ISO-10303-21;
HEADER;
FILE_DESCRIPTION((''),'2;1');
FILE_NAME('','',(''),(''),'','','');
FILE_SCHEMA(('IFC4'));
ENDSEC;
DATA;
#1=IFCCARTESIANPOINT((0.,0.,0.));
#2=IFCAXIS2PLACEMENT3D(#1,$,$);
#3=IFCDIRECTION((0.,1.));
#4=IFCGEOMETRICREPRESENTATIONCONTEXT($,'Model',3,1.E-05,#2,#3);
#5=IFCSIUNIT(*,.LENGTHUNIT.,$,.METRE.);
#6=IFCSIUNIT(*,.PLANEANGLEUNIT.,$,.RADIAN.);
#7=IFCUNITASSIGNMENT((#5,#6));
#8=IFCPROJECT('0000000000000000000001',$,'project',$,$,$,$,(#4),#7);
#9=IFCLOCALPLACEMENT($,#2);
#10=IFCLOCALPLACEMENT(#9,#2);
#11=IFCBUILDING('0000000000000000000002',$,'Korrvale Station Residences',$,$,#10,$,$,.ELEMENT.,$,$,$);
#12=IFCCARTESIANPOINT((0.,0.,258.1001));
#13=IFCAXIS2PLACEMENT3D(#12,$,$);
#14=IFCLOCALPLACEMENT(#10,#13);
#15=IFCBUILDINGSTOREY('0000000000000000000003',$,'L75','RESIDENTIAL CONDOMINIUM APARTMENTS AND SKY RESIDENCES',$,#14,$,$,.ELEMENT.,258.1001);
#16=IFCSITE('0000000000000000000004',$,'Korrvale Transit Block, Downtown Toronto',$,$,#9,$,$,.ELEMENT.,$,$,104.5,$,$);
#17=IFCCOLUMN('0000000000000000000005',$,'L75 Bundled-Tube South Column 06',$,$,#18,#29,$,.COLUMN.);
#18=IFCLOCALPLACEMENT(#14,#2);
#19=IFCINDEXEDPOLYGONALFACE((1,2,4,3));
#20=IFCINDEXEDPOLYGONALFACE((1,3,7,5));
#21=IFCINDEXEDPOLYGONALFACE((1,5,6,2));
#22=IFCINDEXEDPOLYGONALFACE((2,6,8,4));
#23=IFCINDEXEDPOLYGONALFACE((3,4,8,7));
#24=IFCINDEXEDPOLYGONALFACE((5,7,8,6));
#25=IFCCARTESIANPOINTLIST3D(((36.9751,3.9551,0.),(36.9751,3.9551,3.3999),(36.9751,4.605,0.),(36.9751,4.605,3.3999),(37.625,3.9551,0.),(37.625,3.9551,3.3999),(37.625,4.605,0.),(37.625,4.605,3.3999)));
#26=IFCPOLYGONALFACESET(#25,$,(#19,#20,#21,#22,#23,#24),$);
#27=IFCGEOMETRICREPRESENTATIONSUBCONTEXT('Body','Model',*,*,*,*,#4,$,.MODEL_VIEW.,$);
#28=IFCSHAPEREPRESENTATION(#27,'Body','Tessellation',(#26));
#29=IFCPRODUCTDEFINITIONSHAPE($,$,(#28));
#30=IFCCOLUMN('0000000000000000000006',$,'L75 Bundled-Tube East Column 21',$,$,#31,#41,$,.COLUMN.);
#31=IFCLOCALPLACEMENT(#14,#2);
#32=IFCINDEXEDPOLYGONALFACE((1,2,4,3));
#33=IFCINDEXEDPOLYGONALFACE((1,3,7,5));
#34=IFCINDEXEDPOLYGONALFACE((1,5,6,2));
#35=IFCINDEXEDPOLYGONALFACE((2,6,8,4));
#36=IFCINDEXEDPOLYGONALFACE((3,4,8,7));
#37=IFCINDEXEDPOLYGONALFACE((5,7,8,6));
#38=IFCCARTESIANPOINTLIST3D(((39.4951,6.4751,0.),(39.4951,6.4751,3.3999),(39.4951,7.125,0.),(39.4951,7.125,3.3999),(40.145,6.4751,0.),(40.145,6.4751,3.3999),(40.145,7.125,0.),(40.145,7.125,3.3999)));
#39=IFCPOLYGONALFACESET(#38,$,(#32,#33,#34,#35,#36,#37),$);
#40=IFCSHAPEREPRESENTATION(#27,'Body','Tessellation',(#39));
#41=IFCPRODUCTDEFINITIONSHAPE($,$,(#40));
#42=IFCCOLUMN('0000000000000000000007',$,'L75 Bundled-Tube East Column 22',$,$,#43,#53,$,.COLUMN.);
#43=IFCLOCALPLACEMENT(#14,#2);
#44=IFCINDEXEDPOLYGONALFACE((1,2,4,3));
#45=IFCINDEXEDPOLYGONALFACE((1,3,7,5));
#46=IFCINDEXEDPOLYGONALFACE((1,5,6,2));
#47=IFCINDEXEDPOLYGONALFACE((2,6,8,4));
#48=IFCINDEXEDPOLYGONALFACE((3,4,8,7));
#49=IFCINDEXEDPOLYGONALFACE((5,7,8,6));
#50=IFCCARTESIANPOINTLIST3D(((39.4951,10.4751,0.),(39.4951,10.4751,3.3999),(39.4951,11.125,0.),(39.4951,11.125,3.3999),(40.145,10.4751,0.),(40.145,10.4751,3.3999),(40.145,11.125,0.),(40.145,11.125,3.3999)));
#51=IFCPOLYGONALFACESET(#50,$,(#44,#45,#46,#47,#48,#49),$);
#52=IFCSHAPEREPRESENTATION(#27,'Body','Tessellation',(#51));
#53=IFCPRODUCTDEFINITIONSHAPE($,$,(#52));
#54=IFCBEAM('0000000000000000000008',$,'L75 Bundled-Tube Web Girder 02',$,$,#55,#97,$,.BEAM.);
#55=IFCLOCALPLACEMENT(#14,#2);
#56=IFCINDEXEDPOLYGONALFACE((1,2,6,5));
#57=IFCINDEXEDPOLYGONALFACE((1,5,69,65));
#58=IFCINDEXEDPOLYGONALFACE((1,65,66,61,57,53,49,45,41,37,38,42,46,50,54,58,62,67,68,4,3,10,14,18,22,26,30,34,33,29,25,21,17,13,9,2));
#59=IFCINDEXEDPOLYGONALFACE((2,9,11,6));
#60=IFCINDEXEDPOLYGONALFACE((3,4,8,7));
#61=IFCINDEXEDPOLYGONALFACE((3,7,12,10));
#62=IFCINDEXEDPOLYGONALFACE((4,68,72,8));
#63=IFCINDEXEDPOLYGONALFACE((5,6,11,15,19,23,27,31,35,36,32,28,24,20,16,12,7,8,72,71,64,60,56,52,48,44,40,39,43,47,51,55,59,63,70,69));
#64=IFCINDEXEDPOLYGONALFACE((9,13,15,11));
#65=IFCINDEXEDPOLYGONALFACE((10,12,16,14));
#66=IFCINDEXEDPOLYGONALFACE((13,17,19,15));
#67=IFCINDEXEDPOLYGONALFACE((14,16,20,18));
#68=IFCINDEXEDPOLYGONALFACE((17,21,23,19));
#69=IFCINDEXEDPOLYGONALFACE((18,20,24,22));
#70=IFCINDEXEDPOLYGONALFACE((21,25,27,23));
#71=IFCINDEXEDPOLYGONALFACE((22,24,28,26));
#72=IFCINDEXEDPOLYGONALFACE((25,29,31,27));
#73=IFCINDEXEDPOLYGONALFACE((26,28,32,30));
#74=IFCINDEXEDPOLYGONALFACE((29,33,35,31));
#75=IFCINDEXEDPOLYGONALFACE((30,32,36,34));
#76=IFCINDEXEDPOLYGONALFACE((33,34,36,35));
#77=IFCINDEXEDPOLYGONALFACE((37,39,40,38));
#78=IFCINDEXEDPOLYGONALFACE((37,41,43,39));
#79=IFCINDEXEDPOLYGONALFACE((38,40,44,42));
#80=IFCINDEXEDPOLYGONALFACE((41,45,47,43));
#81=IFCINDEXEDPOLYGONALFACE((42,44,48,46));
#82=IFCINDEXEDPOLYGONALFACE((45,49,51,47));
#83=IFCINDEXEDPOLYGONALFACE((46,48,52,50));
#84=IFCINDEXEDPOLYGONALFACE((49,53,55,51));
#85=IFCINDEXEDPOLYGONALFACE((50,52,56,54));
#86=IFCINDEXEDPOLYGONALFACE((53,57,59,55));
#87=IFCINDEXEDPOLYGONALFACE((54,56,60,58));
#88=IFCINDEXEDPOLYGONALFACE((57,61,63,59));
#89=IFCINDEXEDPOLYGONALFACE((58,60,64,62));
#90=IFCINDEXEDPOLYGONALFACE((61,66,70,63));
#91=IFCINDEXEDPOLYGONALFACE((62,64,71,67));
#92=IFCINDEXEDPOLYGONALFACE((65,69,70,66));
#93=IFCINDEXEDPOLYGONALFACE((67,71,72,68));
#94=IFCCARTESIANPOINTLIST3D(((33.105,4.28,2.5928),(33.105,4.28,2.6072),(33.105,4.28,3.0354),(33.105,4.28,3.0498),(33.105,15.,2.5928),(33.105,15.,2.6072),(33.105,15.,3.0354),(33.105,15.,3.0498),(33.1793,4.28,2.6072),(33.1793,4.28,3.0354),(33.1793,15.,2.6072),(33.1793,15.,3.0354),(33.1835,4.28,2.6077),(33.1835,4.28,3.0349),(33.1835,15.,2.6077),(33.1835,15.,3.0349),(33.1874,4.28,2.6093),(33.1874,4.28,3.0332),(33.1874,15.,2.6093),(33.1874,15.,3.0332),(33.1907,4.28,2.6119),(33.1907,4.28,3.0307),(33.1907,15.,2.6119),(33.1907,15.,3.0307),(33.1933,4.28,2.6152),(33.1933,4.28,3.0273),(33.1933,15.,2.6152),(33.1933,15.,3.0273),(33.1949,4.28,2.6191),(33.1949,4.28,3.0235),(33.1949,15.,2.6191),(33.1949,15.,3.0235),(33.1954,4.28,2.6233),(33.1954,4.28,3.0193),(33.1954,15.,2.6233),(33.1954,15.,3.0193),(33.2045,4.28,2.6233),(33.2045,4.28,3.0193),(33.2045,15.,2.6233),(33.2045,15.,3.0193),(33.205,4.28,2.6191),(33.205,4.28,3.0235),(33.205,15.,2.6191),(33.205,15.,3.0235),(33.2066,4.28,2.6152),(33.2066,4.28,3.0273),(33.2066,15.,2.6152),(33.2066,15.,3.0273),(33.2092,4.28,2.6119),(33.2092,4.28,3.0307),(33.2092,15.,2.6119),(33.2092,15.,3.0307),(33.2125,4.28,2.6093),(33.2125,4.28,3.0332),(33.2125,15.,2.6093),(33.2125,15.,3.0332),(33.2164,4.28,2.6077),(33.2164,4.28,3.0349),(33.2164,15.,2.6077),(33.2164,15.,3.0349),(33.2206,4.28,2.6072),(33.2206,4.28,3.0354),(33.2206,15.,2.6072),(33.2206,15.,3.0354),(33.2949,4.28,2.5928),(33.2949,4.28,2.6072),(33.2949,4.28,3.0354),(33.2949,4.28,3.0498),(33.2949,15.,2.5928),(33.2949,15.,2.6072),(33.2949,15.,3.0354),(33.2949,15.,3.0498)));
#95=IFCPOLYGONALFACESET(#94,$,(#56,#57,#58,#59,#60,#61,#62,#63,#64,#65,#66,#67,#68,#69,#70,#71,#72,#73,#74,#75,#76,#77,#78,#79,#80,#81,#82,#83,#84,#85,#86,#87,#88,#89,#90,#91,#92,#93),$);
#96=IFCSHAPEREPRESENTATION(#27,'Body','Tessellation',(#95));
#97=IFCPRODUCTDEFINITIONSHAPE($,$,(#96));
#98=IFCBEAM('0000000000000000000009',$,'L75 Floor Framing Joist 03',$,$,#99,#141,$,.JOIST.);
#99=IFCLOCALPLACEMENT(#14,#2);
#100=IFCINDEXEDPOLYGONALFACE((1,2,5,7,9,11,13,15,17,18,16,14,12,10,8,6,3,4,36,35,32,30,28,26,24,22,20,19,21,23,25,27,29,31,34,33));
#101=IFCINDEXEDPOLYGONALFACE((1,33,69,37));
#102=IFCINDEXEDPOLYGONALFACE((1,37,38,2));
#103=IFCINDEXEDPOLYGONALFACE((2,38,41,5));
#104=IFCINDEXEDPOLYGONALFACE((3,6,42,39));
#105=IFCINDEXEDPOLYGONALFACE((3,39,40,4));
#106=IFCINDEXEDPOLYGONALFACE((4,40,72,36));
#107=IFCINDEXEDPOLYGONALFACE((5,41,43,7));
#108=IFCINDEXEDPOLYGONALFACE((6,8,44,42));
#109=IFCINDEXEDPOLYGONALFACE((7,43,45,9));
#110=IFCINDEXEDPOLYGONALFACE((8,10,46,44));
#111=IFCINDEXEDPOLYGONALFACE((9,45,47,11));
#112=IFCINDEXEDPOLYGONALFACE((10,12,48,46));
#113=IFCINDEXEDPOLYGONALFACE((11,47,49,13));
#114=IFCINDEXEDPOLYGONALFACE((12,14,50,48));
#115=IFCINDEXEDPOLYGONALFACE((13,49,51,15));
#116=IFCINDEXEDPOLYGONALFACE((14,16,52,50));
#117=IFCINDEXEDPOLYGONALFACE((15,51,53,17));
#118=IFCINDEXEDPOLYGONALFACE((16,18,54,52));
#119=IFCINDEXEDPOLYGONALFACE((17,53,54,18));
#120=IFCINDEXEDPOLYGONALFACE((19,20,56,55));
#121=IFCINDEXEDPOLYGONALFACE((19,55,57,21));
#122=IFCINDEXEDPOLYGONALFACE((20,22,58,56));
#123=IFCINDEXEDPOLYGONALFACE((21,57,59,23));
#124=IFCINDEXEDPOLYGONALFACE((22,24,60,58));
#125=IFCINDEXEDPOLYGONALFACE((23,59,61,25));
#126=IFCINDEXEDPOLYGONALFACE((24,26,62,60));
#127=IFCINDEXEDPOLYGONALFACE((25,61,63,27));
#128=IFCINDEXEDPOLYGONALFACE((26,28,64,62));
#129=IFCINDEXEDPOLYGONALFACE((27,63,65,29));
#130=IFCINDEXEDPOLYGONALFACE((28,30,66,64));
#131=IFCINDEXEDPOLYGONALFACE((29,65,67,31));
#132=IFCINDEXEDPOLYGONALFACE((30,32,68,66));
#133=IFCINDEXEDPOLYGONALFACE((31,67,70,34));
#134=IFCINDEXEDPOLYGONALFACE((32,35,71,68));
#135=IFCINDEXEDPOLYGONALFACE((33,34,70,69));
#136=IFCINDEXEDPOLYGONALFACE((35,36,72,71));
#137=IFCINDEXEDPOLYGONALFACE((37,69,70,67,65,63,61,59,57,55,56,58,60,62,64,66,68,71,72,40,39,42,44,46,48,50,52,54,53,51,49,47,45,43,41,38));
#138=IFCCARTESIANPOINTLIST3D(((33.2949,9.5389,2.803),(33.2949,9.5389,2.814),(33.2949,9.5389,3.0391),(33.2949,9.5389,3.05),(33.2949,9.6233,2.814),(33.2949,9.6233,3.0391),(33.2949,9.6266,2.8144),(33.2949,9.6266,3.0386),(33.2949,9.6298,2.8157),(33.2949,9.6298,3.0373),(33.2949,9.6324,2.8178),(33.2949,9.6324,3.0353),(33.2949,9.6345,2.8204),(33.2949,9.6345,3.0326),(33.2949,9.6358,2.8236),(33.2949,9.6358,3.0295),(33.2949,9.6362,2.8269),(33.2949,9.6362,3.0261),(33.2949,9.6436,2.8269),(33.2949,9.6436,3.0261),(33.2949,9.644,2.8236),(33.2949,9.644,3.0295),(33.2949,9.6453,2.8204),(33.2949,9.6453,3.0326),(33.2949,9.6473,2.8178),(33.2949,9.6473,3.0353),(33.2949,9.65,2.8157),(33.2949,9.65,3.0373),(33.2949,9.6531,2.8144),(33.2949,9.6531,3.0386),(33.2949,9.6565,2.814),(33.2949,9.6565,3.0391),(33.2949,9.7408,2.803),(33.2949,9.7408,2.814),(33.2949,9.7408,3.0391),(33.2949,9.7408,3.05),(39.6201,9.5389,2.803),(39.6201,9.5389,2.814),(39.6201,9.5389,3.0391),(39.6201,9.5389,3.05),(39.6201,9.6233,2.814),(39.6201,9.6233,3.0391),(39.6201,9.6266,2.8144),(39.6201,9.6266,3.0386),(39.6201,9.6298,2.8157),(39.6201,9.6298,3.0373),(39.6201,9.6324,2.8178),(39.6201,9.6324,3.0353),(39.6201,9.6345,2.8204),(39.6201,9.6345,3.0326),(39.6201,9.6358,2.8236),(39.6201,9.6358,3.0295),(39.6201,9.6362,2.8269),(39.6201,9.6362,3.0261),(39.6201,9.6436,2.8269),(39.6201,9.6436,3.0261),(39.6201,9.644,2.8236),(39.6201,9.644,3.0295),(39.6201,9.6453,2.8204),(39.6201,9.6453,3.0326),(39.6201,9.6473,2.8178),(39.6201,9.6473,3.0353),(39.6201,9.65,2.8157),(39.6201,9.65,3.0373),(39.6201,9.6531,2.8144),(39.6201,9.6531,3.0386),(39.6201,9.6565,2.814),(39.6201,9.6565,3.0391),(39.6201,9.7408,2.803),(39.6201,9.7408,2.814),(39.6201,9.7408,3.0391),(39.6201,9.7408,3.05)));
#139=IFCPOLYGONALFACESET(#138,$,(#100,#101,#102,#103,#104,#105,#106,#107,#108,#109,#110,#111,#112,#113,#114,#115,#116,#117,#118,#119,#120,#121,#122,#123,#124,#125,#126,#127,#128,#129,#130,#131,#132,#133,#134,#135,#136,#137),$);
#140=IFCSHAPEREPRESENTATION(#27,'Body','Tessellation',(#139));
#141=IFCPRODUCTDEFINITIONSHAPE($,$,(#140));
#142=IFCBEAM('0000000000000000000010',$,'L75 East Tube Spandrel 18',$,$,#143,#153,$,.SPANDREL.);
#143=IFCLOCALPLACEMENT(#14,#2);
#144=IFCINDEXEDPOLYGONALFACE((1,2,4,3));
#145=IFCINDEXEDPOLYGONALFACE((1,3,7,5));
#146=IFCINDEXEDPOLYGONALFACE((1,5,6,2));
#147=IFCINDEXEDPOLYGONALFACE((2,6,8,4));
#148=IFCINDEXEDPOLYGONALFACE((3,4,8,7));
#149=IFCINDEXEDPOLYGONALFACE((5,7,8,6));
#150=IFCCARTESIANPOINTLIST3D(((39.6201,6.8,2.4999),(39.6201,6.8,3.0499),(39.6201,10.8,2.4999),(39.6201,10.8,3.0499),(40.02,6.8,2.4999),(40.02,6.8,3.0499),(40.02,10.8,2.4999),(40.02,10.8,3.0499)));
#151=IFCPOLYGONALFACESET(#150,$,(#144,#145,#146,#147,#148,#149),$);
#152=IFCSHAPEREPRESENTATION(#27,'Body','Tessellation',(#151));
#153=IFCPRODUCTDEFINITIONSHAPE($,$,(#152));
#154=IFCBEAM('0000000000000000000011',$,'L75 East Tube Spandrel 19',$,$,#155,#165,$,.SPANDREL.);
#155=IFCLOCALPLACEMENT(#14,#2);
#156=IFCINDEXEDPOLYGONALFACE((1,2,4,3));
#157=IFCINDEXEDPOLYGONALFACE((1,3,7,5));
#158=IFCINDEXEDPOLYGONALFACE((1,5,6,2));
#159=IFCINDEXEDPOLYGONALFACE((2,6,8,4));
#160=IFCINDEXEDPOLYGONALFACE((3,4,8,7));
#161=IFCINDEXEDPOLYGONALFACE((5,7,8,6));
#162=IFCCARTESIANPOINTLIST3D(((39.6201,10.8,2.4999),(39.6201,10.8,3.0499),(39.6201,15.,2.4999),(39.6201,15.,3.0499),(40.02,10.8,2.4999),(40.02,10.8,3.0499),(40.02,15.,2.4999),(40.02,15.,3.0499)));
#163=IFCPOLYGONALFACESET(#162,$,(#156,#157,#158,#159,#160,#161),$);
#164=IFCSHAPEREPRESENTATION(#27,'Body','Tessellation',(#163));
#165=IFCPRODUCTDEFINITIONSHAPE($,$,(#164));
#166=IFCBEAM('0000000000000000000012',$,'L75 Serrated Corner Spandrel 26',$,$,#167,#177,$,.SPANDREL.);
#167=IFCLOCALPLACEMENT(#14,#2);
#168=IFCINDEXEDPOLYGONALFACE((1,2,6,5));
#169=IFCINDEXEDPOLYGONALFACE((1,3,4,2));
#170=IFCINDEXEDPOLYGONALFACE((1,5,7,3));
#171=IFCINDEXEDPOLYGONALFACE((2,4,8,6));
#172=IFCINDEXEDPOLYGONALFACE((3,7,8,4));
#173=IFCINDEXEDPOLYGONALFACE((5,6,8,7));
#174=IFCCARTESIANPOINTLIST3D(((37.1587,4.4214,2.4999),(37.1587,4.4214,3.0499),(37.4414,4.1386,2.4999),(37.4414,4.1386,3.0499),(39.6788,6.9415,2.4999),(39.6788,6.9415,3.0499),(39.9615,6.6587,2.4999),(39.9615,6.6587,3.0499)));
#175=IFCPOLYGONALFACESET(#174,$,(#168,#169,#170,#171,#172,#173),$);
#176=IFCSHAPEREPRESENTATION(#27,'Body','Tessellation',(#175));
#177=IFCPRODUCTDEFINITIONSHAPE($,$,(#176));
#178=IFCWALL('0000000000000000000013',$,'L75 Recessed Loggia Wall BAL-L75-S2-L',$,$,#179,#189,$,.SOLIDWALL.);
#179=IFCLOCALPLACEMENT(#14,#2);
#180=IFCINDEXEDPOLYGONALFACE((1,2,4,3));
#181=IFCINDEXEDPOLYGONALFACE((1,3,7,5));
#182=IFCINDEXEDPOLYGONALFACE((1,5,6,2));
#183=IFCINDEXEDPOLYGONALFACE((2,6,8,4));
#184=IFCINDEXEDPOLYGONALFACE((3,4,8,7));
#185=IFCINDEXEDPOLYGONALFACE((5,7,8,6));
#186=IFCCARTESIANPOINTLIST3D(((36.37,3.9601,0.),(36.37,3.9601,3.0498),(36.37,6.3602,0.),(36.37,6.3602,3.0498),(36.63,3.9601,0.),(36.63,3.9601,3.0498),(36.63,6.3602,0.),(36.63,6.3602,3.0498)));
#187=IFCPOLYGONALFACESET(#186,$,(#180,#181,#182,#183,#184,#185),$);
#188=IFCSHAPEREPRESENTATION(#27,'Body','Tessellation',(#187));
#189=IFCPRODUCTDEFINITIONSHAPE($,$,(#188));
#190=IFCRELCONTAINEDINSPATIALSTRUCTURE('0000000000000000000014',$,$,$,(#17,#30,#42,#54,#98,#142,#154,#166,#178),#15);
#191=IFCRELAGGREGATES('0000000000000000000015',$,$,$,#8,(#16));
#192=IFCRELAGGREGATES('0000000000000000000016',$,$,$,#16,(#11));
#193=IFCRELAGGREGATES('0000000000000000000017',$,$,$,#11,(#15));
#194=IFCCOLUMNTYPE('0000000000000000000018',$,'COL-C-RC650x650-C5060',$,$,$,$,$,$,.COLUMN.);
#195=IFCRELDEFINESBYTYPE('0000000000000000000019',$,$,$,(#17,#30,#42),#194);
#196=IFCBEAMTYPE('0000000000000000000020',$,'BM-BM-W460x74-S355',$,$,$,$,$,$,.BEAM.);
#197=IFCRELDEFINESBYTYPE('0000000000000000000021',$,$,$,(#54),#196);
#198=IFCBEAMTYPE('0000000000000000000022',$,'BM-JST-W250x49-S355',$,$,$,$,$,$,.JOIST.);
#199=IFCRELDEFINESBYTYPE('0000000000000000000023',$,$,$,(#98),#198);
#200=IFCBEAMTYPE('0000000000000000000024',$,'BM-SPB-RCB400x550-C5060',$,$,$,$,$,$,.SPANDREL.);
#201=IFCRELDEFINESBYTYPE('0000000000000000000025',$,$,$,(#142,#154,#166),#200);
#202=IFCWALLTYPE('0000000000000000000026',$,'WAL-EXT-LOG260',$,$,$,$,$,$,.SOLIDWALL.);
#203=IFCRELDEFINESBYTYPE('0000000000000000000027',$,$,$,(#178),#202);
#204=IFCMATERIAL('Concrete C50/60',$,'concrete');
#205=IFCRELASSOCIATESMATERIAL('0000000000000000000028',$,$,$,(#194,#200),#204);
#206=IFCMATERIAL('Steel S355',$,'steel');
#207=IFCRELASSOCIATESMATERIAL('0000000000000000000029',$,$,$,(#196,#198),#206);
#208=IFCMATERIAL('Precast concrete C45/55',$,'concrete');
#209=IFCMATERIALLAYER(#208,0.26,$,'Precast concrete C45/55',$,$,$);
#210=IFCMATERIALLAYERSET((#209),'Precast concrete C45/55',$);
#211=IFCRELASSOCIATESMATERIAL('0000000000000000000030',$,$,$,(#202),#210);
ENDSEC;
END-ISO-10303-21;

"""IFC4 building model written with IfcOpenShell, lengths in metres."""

from ifc_helpers import new_model, si_unit, direction, frame, frame_2d, origin, origin_2d, place, context, subcontext, project, spatial, rectangle, i_section, extrude, material, layer, layer_set, material_profile, profile_set, type_object, element, save


model = new_model("IFC4")

# Units and contexts
model_context = context("Model", 3, precision=1e-05, world=origin(), true_north=direction((0.0, 1.0)))
body_context = subcontext(model_context, "Body", "Model", "MODEL_VIEW")
ifc_project = project(units=[si_unit("LENGTHUNIT", "METRE"), si_unit("PLANEANGLEUNIT", "RADIAN")], contexts=[model_context])

# Site, building, storey
site_placement = place(None, origin())
site = spatial("IfcSite", under=ifc_project, at=site_placement, Name="Korrvale Transit Block, Downtown Toronto", CompositionType="ELEMENT", RefElevation=104.5)
building_placement = place(site_placement, origin())
building = spatial("IfcBuilding", under=site, at=building_placement, Name="Korrvale Station Residences", CompositionType="ELEMENT")
storey_placement = place(building_placement, frame((0.0, 0.0, 258.1001)))
storey = spatial("IfcBuildingStorey", under=building, at=storey_placement, Name="L75", Description="RESIDENTIAL CONDOMINIUM APARTMENTS AND SKY RESIDENCES", CompositionType="ELEMENT", Elevation=258.1001)

# Columns
ifc_material_1 = material(Name="Concrete C50/60", Category="concrete")
ifc_material_profile_1 = material_profile(ifc_material_1, rectangle(XDim=0.6499, YDim=0.6499, at=origin_2d()), Name="RC650x650")
ifc_profile_set_1 = profile_set([ifc_material_profile_1], Name="Concrete C50/60")
column_type = type_object("IfcColumnType", Name="COL-C-RC650x650-C5060", PredefinedType="COLUMN", material=ifc_profile_set_1)
for number, where, z_axis, x_axis, name in (
    (1, (37.3, 4.28, 0.0), (0.0, 0.0, 1.0), (1.0, 0.0, 0.0), "L75 Bundled-Tube South Column 06"),
    (2, (39.8201, 6.8, 0.0), (0.0, 0.0, 1.0), (1.0, 0.0, 0.0), "L75 Bundled-Tube East Column 21"),
    (3, (39.8201, 10.8, 0.0), (0.0, 0.0, 1.0), (1.0, 0.0, 0.0), "L75 Bundled-Tube East Column 22"),
):
    element("IfcColumn", number, at=place(storey_placement, frame(where, z_axis=z_axis, x_axis=x_axis)), inside=storey, type_object=column_type, Name=name, PredefinedType="COLUMN", context=body_context, shape_type="SweptSolid", body=[
        extrude(rectangle(XDim=0.6499, YDim=0.6499, at=origin_2d()), origin(), (0.0, 0.0, 1.0), 3.3999),
    ])

# Beams
ifc_material_2 = material(Name="Steel S355", Category="steel")
ifc_material_profile_2 = material_profile(ifc_material_2, i_section(OverallWidth=0.1899, OverallDepth=0.457, WebThickness=0.009, FlangeThickness=0.0144, FilletRadius=0.0161, at=origin_2d()), Name="W460x74")
ifc_profile_set_2 = profile_set([ifc_material_profile_2], Name="Steel S355")
beam_type_1 = type_object("IfcBeamType", Name="BM-BM-W460x74-S355", PredefinedType="BEAM", material=ifc_profile_set_2)
beam_1_placement = place(storey_placement, frame((33.2, 4.28, 2.8213), z_axis=(0.0, 1.0, 0.0), x_axis=(-1.0, 0.0, 0.0)))
element("IfcBeam", 4, at=beam_1_placement, inside=storey, type_object=beam_type_1, Name="L75 Bundled-Tube Web Girder 02", PredefinedType="BEAM", context=body_context, shape_type="SweptSolid", body=[
    extrude(i_section(OverallWidth=0.1899, OverallDepth=0.457, WebThickness=0.009, FlangeThickness=0.0144, FilletRadius=0.0161, at=origin_2d()), origin(), (0.0, 0.0, 1.0), 10.72),
])
ifc_material_profile_3 = material_profile(ifc_material_2, i_section(OverallWidth=0.2019, OverallDepth=0.2471, WebThickness=0.0073, FlangeThickness=0.011, FilletRadius=0.0129, at=origin_2d()), Name="W250x49")
ifc_profile_set_3 = profile_set([ifc_material_profile_3], Name="Steel S355")
beam_type_2 = type_object("IfcBeamType", Name="BM-JST-W250x49-S355", PredefinedType="JOIST", material=ifc_profile_set_3)
beam_2_placement = place(storey_placement, frame((33.2949, 9.6399, 2.9265), z_axis=(1.0, 0.0, 0.0), x_axis=(0.0, 1.0, 0.0)))
element("IfcBeam", 5, at=beam_2_placement, inside=storey, type_object=beam_type_2, Name="L75 Floor Framing Joist 03", PredefinedType="JOIST", context=body_context, shape_type="SweptSolid", body=[
    extrude(i_section(OverallWidth=0.2019, OverallDepth=0.2471, WebThickness=0.0073, FlangeThickness=0.011, FilletRadius=0.0129, at=origin_2d()), origin(), (0.0, 0.0, 1.0), 6.3252),
])
ifc_material_profile_4 = material_profile(ifc_material_1, rectangle(XDim=0.3999, YDim=0.55, at=origin_2d()), Name="RCB400x550")
ifc_profile_set_4 = profile_set([ifc_material_profile_4], Name="Concrete C50/60")
beam_type_3 = type_object("IfcBeamType", Name="BM-SPB-RCB400x550-C5060", PredefinedType="SPANDREL", material=ifc_profile_set_4)
beam_3_placement = place(storey_placement, frame((39.8201, 6.8, 2.7749), z_axis=(0.0, 1.0, 0.0), x_axis=(-1.0, 0.0, 0.0)))
element("IfcBeam", 6, at=beam_3_placement, inside=storey, type_object=beam_type_3, Name="L75 East Tube Spandrel 18", PredefinedType="SPANDREL", context=body_context, shape_type="SweptSolid", body=[
    extrude(rectangle(XDim=0.3999, YDim=0.55, at=origin_2d()), origin(), (0.0, 0.0, 1.0), 4.0),
])
beam_4_placement = place(storey_placement, frame((39.8201, 10.8, 2.7749), z_axis=(0.0, 1.0, 0.0), x_axis=(-1.0, 0.0, 0.0)))
element("IfcBeam", 7, at=beam_4_placement, inside=storey, type_object=beam_type_3, Name="L75 East Tube Spandrel 19", PredefinedType="SPANDREL", context=body_context, shape_type="SweptSolid", body=[
    extrude(rectangle(XDim=0.3999, YDim=0.55, at=origin_2d()), origin(), (0.0, 0.0, 1.0), 4.2),
])
beam_5_placement = place(storey_placement, frame((37.3, 4.28, 2.7749), z_axis=(0.707107, 0.707107, 0.0), x_axis=(-0.707107, 0.707107, 0.0)))
element("IfcBeam", 8, at=beam_5_placement, inside=storey, type_object=beam_type_3, Name="L75 Serrated Corner Spandrel 26", PredefinedType="SPANDREL", context=body_context, shape_type="SweptSolid", body=[
    extrude(rectangle(XDim=0.3999, YDim=0.55, at=origin_2d()), origin(), (0.0, 0.0, 1.0), 3.564),
])

# Wall
ifc_material_3 = material(Name="Precast concrete C45/55", Category="concrete")
ifc_layer_1 = layer(ifc_material_3, 0.26, Name="Precast concrete C45/55")
ifc_layer_set_1 = layer_set([ifc_layer_1], Name="Precast concrete C45/55")
wall_type_1 = type_object("IfcWallType", Name="WAL-EXT-LOG260", PredefinedType="SOLIDWALL", material=ifc_layer_set_1)
wall_1_placement = place(storey_placement, frame((36.5, 3.96, 0.0), z_axis=(0.0, 0.0, 1.0), x_axis=(0.0, 1.0, 0.0)))
element("IfcWall", 9, at=wall_1_placement, inside=storey, type_object=wall_type_1, Name="L75 Recessed Loggia Wall BAL-L75-S2-L", PredefinedType="SOLIDWALL", context=body_context, shape_type="SweptSolid", body=[
    extrude(rectangle(XDim=2.4001, YDim=0.26, at=frame_2d((1.2002, 0.0))), origin(), (0.0, 0.0, 1.0), 3.0498),
])

save(model, "model.ifc")
